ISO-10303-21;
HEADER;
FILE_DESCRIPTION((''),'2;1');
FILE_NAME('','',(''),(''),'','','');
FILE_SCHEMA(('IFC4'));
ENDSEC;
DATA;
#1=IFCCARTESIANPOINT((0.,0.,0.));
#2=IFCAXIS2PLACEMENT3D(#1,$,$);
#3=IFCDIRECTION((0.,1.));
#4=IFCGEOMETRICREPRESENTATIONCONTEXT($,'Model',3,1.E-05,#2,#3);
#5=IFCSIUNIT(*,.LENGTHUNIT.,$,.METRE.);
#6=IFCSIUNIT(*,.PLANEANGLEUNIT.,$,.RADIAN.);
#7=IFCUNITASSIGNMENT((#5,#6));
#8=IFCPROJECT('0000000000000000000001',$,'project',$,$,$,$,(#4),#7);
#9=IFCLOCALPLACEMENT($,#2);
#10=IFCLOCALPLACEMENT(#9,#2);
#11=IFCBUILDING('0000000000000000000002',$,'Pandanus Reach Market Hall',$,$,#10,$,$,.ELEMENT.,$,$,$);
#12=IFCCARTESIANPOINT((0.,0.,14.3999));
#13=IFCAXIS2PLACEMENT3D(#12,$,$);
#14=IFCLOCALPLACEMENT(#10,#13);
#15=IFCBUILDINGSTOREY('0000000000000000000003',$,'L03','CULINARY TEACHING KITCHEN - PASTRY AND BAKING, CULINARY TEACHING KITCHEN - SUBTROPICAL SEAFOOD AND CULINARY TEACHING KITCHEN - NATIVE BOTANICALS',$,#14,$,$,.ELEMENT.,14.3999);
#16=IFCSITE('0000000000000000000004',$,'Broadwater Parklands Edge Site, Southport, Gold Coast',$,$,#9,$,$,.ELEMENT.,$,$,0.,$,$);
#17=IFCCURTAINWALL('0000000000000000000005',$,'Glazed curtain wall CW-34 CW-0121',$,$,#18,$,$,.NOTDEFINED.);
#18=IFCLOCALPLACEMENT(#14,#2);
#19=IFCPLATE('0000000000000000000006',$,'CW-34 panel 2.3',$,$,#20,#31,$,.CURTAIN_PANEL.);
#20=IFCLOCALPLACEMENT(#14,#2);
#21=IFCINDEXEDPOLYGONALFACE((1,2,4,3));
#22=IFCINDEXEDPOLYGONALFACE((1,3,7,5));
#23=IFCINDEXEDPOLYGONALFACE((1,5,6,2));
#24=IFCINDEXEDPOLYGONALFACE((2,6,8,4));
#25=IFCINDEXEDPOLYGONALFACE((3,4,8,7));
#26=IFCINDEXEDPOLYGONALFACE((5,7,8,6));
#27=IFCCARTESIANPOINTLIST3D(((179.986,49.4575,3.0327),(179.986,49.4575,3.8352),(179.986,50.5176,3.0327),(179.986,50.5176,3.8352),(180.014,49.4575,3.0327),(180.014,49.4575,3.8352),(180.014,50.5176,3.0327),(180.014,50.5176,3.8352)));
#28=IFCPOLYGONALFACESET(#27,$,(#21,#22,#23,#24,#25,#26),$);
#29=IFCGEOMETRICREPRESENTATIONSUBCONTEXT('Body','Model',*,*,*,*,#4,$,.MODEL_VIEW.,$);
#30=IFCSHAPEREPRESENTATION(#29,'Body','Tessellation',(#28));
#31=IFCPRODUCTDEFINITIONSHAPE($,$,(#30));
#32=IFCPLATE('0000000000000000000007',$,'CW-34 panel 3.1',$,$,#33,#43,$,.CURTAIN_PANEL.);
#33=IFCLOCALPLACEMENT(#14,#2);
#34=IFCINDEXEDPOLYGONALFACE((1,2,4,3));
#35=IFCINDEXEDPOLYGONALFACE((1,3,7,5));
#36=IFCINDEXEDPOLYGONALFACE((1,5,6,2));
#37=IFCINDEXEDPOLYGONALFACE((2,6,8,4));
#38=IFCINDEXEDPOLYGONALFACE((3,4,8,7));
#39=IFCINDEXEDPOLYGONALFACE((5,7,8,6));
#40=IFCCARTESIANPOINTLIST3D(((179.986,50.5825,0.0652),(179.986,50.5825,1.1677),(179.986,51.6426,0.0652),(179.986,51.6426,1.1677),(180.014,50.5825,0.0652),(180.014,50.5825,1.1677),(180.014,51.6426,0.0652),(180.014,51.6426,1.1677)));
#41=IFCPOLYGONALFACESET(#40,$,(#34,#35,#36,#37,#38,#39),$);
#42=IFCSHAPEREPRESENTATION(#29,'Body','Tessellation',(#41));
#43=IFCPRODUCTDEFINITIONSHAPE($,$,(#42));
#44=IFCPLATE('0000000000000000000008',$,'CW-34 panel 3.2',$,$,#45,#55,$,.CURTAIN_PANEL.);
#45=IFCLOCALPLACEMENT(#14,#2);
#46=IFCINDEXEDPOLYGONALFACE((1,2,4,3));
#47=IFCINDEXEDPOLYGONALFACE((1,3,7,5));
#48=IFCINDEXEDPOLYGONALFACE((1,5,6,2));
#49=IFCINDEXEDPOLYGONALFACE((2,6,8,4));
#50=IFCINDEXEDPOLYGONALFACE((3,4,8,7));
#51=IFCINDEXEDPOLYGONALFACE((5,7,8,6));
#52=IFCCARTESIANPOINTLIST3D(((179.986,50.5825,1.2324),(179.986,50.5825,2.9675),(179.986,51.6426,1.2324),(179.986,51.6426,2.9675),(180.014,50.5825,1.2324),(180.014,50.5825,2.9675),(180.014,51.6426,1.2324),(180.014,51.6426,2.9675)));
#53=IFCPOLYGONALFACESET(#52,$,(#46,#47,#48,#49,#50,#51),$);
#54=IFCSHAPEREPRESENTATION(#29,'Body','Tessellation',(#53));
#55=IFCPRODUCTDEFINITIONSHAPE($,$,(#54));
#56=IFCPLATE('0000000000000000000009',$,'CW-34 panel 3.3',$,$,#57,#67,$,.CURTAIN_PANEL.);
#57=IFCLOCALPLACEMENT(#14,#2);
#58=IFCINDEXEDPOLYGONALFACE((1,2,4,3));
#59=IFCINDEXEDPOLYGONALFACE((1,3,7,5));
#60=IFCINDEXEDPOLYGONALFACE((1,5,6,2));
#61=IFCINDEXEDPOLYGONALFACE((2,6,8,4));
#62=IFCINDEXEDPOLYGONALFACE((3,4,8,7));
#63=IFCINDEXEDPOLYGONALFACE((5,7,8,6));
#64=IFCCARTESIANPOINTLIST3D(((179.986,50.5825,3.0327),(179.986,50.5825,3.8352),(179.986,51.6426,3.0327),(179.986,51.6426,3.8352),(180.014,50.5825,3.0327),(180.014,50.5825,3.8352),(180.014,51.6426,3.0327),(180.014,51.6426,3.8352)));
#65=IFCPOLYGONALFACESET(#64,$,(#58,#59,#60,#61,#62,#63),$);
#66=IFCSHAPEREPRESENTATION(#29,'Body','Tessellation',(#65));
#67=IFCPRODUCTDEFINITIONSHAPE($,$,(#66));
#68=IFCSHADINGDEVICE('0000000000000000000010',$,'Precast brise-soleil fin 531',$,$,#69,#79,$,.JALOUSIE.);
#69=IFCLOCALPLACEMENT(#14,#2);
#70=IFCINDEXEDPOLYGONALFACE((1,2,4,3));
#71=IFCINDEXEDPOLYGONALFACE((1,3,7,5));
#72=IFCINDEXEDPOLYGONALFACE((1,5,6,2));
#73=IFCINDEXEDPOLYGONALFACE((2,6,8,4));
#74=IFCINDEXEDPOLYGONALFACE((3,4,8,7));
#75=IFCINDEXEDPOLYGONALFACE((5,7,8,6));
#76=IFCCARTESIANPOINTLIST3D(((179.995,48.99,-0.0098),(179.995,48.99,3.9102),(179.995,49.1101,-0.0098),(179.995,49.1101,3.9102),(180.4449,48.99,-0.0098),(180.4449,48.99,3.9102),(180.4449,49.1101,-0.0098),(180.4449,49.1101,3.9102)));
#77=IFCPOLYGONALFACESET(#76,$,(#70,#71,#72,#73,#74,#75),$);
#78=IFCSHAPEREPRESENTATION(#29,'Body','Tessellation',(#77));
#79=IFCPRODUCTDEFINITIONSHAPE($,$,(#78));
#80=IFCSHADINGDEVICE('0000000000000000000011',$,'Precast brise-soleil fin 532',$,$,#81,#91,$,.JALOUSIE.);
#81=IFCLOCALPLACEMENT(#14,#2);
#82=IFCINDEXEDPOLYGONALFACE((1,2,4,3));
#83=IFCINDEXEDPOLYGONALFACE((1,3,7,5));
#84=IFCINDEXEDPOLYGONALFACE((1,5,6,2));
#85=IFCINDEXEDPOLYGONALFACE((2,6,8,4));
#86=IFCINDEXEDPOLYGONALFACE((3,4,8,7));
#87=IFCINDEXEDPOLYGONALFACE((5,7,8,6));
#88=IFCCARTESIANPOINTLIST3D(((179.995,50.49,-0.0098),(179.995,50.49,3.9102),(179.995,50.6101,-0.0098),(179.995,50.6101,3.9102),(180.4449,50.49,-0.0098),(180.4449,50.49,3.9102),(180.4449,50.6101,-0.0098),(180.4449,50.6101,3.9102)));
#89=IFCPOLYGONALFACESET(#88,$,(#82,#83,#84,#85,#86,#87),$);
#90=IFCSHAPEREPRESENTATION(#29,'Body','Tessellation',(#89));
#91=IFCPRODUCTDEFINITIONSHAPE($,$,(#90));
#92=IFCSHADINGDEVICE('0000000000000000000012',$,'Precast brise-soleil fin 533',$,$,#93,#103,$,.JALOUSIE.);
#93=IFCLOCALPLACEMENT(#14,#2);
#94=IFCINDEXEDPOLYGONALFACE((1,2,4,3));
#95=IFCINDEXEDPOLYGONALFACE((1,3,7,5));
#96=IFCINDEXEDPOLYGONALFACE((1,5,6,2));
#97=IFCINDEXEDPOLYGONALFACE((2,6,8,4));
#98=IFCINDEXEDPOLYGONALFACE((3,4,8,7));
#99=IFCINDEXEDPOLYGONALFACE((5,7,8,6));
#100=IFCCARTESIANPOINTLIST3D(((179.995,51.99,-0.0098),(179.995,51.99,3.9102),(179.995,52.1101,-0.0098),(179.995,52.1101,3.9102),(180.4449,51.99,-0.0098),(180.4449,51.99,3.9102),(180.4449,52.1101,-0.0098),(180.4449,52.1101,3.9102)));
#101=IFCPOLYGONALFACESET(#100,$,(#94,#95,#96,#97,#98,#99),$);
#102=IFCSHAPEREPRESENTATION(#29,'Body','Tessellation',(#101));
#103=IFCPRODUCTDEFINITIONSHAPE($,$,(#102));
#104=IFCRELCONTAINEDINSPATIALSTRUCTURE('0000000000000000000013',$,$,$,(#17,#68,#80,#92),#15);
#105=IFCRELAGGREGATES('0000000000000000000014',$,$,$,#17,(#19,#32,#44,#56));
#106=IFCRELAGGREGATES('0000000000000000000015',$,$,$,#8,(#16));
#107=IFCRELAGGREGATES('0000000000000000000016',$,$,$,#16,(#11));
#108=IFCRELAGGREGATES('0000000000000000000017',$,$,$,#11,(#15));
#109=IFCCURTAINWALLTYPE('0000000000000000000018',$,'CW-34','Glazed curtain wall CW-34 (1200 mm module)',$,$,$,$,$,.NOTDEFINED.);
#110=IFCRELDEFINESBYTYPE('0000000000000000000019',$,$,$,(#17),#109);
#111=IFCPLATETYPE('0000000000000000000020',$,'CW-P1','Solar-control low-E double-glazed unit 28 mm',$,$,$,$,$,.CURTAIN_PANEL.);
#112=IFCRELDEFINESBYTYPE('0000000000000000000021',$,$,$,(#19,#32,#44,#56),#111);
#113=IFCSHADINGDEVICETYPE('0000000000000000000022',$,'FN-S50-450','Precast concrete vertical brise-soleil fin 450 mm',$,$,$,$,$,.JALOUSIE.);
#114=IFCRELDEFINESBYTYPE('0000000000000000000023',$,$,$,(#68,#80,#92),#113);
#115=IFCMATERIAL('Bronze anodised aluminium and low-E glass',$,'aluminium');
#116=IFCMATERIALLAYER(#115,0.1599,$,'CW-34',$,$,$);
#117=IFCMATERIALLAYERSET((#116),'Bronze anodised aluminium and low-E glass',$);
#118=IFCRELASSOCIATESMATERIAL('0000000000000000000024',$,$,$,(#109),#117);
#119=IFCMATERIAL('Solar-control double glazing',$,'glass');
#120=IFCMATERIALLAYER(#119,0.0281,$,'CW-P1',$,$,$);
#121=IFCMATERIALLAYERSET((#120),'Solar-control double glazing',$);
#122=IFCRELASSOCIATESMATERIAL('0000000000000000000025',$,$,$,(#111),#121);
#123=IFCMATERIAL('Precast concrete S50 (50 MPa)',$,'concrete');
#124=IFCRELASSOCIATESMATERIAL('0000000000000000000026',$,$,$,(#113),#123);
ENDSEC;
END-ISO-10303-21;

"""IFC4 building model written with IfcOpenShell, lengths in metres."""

from ifc_helpers import new_model, si_unit, direction, frame, origin, origin_2d, place, context, subcontext, project, spatial, rectangle, extrude, material, layer, layer_set, type_object, element, aggregate, save


model = new_model("IFC4")

# Units and contexts
model_context = context("Model", 3, precision=1e-05, world=origin(), true_north=direction((0.0, 1.0)))
body_context = subcontext(model_context, "Body", "Model", "MODEL_VIEW")
ifc_project = project(units=[si_unit("LENGTHUNIT", "METRE"), si_unit("PLANEANGLEUNIT", "RADIAN")], contexts=[model_context])

# Site, building, storey
site_placement = place(None, origin())
site = spatial("IfcSite", under=ifc_project, at=site_placement, Name="Broadwater Parklands Edge Site, Southport, Gold Coast", CompositionType="ELEMENT", RefElevation=0.0)
building_placement = place(site_placement, origin())
building = spatial("IfcBuilding", under=site, at=building_placement, Name="Pandanus Reach Market Hall", CompositionType="ELEMENT")
storey_placement = place(building_placement, frame((0.0, 0.0, 14.3999)))
storey = spatial("IfcBuildingStorey", under=building, at=storey_placement, Name="L03", Description="CULINARY TEACHING KITCHEN - PASTRY AND BAKING, CULINARY TEACHING KITCHEN - SUBTROPICAL SEAFOOD AND CULINARY TEACHING KITCHEN - NATIVE BOTANICALS", CompositionType="ELEMENT", Elevation=14.3999)

# Curtain wall, plates
ifc_material_1 = material(Name="Bronze anodised aluminium and low-E glass", Category="aluminium")
ifc_layer_1 = layer(ifc_material_1, 0.1599, Name="CW-34")
ifc_layer_set_1 = layer_set([ifc_layer_1], Name="Bronze anodised aluminium and low-E glass")
curtain_wall_type = type_object("IfcCurtainWallType", Name="CW-34", Description="Glazed curtain wall CW-34 (1200 mm module)", PredefinedType="NOTDEFINED", material=ifc_layer_set_1)
curtain_wall_placement = place(storey_placement, origin())
curtain_wall = element("IfcCurtainWall", 1, at=curtain_wall_placement, inside=storey, type_object=curtain_wall_type, Name="Glazed curtain wall CW-34 CW-0121", PredefinedType="NOTDEFINED")
ifc_material_2 = material(Name="Solar-control double glazing", Category="glass")
ifc_layer_2 = layer(ifc_material_2, 0.0281, Name="CW-P1")
ifc_layer_set_2 = layer_set([ifc_layer_2], Name="Solar-control double glazing")
plate_type = type_object("IfcPlateType", Name="CW-P1", Description="Solar-control low-E double-glazed unit 28 mm", PredefinedType="CURTAIN_PANEL", material=ifc_layer_set_2)
plate_1_placement = place(storey_placement, frame((180.0, 49.9875, 3.0327), z_axis=(0.0, 0.0, 1.0), x_axis=(0.0, 1.0, 0.0)))
plate_1 = element("IfcPlate", 2, at=plate_1_placement, type_object=plate_type, Name="CW-34 panel 2.3", PredefinedType="CURTAIN_PANEL", context=body_context, shape_type="SweptSolid", body=[
    extrude(rectangle(XDim=1.0601, YDim=0.0281, at=origin_2d()), origin(), (0.0, 0.0, 1.0), 0.8025),
])
plate_2_placement = place(storey_placement, frame((180.0, 51.1125, 0.0652), z_axis=(0.0, 0.0, 1.0), x_axis=(0.0, 1.0, 0.0)))
plate_2 = element("IfcPlate", 3, at=plate_2_placement, type_object=plate_type, Name="CW-34 panel 3.1", PredefinedType="CURTAIN_PANEL", context=body_context, shape_type="SweptSolid", body=[
    extrude(rectangle(XDim=1.0601, YDim=0.0281, at=origin_2d()), origin(), (0.0, 0.0, 1.0), 1.1025),
])
plate_3_placement = place(storey_placement, frame((180.0, 51.1125, 1.2324), z_axis=(0.0, 0.0, 1.0), x_axis=(0.0, 1.0, 0.0)))
plate_3 = element("IfcPlate", 4, at=plate_3_placement, type_object=plate_type, Name="CW-34 panel 3.2", PredefinedType="CURTAIN_PANEL", context=body_context, shape_type="SweptSolid", body=[
    extrude(rectangle(XDim=1.0601, YDim=0.0281, at=origin_2d()), origin(), (0.0, 0.0, 1.0), 1.7351),
])
plate_4_placement = place(storey_placement, frame((180.0, 51.1125, 3.0327), z_axis=(0.0, 0.0, 1.0), x_axis=(0.0, 1.0, 0.0)))
plate_4 = element("IfcPlate", 5, at=plate_4_placement, type_object=plate_type, Name="CW-34 panel 3.3", PredefinedType="CURTAIN_PANEL", context=body_context, shape_type="SweptSolid", body=[
    extrude(rectangle(XDim=1.0601, YDim=0.0281, at=origin_2d()), origin(), (0.0, 0.0, 1.0), 0.8025),
])
aggregate(curtain_wall, [plate_1, plate_2, plate_3, plate_4])

# Shading devices
ifc_material_3 = material(Name="Precast concrete S50 (50 MPa)", Category="concrete")
shading_device_type = type_object("IfcShadingDeviceType", Name="FN-S50-450", Description="Precast concrete vertical brise-soleil fin 450 mm", PredefinedType="JALOUSIE", material=ifc_material_3)
for number, where, z_axis, x_axis, name in (
    (6, (180.22, 49.05, -0.0098), (0.0, 0.0, 1.0), (1.0, 0.0, 0.0), "Precast brise-soleil fin 531"),
    (7, (180.22, 50.55, -0.0098), (0.0, 0.0, 1.0), (1.0, 0.0, 0.0), "Precast brise-soleil fin 532"),
    (8, (180.22, 52.05, -0.0098), (0.0, 0.0, 1.0), (1.0, 0.0, 0.0), "Precast brise-soleil fin 533"),
):
    element("IfcShadingDevice", number, at=place(storey_placement, frame(where, z_axis=z_axis, x_axis=x_axis)), inside=storey, type_object=shading_device_type, Name=name, PredefinedType="JALOUSIE", context=body_context, shape_type="SweptSolid", body=[
        extrude(rectangle(XDim=0.45, YDim=0.1201, at=origin_2d()), origin(), (0.0, 0.0, 1.0), 3.9199),
    ])

save(model, "model.ifc")
